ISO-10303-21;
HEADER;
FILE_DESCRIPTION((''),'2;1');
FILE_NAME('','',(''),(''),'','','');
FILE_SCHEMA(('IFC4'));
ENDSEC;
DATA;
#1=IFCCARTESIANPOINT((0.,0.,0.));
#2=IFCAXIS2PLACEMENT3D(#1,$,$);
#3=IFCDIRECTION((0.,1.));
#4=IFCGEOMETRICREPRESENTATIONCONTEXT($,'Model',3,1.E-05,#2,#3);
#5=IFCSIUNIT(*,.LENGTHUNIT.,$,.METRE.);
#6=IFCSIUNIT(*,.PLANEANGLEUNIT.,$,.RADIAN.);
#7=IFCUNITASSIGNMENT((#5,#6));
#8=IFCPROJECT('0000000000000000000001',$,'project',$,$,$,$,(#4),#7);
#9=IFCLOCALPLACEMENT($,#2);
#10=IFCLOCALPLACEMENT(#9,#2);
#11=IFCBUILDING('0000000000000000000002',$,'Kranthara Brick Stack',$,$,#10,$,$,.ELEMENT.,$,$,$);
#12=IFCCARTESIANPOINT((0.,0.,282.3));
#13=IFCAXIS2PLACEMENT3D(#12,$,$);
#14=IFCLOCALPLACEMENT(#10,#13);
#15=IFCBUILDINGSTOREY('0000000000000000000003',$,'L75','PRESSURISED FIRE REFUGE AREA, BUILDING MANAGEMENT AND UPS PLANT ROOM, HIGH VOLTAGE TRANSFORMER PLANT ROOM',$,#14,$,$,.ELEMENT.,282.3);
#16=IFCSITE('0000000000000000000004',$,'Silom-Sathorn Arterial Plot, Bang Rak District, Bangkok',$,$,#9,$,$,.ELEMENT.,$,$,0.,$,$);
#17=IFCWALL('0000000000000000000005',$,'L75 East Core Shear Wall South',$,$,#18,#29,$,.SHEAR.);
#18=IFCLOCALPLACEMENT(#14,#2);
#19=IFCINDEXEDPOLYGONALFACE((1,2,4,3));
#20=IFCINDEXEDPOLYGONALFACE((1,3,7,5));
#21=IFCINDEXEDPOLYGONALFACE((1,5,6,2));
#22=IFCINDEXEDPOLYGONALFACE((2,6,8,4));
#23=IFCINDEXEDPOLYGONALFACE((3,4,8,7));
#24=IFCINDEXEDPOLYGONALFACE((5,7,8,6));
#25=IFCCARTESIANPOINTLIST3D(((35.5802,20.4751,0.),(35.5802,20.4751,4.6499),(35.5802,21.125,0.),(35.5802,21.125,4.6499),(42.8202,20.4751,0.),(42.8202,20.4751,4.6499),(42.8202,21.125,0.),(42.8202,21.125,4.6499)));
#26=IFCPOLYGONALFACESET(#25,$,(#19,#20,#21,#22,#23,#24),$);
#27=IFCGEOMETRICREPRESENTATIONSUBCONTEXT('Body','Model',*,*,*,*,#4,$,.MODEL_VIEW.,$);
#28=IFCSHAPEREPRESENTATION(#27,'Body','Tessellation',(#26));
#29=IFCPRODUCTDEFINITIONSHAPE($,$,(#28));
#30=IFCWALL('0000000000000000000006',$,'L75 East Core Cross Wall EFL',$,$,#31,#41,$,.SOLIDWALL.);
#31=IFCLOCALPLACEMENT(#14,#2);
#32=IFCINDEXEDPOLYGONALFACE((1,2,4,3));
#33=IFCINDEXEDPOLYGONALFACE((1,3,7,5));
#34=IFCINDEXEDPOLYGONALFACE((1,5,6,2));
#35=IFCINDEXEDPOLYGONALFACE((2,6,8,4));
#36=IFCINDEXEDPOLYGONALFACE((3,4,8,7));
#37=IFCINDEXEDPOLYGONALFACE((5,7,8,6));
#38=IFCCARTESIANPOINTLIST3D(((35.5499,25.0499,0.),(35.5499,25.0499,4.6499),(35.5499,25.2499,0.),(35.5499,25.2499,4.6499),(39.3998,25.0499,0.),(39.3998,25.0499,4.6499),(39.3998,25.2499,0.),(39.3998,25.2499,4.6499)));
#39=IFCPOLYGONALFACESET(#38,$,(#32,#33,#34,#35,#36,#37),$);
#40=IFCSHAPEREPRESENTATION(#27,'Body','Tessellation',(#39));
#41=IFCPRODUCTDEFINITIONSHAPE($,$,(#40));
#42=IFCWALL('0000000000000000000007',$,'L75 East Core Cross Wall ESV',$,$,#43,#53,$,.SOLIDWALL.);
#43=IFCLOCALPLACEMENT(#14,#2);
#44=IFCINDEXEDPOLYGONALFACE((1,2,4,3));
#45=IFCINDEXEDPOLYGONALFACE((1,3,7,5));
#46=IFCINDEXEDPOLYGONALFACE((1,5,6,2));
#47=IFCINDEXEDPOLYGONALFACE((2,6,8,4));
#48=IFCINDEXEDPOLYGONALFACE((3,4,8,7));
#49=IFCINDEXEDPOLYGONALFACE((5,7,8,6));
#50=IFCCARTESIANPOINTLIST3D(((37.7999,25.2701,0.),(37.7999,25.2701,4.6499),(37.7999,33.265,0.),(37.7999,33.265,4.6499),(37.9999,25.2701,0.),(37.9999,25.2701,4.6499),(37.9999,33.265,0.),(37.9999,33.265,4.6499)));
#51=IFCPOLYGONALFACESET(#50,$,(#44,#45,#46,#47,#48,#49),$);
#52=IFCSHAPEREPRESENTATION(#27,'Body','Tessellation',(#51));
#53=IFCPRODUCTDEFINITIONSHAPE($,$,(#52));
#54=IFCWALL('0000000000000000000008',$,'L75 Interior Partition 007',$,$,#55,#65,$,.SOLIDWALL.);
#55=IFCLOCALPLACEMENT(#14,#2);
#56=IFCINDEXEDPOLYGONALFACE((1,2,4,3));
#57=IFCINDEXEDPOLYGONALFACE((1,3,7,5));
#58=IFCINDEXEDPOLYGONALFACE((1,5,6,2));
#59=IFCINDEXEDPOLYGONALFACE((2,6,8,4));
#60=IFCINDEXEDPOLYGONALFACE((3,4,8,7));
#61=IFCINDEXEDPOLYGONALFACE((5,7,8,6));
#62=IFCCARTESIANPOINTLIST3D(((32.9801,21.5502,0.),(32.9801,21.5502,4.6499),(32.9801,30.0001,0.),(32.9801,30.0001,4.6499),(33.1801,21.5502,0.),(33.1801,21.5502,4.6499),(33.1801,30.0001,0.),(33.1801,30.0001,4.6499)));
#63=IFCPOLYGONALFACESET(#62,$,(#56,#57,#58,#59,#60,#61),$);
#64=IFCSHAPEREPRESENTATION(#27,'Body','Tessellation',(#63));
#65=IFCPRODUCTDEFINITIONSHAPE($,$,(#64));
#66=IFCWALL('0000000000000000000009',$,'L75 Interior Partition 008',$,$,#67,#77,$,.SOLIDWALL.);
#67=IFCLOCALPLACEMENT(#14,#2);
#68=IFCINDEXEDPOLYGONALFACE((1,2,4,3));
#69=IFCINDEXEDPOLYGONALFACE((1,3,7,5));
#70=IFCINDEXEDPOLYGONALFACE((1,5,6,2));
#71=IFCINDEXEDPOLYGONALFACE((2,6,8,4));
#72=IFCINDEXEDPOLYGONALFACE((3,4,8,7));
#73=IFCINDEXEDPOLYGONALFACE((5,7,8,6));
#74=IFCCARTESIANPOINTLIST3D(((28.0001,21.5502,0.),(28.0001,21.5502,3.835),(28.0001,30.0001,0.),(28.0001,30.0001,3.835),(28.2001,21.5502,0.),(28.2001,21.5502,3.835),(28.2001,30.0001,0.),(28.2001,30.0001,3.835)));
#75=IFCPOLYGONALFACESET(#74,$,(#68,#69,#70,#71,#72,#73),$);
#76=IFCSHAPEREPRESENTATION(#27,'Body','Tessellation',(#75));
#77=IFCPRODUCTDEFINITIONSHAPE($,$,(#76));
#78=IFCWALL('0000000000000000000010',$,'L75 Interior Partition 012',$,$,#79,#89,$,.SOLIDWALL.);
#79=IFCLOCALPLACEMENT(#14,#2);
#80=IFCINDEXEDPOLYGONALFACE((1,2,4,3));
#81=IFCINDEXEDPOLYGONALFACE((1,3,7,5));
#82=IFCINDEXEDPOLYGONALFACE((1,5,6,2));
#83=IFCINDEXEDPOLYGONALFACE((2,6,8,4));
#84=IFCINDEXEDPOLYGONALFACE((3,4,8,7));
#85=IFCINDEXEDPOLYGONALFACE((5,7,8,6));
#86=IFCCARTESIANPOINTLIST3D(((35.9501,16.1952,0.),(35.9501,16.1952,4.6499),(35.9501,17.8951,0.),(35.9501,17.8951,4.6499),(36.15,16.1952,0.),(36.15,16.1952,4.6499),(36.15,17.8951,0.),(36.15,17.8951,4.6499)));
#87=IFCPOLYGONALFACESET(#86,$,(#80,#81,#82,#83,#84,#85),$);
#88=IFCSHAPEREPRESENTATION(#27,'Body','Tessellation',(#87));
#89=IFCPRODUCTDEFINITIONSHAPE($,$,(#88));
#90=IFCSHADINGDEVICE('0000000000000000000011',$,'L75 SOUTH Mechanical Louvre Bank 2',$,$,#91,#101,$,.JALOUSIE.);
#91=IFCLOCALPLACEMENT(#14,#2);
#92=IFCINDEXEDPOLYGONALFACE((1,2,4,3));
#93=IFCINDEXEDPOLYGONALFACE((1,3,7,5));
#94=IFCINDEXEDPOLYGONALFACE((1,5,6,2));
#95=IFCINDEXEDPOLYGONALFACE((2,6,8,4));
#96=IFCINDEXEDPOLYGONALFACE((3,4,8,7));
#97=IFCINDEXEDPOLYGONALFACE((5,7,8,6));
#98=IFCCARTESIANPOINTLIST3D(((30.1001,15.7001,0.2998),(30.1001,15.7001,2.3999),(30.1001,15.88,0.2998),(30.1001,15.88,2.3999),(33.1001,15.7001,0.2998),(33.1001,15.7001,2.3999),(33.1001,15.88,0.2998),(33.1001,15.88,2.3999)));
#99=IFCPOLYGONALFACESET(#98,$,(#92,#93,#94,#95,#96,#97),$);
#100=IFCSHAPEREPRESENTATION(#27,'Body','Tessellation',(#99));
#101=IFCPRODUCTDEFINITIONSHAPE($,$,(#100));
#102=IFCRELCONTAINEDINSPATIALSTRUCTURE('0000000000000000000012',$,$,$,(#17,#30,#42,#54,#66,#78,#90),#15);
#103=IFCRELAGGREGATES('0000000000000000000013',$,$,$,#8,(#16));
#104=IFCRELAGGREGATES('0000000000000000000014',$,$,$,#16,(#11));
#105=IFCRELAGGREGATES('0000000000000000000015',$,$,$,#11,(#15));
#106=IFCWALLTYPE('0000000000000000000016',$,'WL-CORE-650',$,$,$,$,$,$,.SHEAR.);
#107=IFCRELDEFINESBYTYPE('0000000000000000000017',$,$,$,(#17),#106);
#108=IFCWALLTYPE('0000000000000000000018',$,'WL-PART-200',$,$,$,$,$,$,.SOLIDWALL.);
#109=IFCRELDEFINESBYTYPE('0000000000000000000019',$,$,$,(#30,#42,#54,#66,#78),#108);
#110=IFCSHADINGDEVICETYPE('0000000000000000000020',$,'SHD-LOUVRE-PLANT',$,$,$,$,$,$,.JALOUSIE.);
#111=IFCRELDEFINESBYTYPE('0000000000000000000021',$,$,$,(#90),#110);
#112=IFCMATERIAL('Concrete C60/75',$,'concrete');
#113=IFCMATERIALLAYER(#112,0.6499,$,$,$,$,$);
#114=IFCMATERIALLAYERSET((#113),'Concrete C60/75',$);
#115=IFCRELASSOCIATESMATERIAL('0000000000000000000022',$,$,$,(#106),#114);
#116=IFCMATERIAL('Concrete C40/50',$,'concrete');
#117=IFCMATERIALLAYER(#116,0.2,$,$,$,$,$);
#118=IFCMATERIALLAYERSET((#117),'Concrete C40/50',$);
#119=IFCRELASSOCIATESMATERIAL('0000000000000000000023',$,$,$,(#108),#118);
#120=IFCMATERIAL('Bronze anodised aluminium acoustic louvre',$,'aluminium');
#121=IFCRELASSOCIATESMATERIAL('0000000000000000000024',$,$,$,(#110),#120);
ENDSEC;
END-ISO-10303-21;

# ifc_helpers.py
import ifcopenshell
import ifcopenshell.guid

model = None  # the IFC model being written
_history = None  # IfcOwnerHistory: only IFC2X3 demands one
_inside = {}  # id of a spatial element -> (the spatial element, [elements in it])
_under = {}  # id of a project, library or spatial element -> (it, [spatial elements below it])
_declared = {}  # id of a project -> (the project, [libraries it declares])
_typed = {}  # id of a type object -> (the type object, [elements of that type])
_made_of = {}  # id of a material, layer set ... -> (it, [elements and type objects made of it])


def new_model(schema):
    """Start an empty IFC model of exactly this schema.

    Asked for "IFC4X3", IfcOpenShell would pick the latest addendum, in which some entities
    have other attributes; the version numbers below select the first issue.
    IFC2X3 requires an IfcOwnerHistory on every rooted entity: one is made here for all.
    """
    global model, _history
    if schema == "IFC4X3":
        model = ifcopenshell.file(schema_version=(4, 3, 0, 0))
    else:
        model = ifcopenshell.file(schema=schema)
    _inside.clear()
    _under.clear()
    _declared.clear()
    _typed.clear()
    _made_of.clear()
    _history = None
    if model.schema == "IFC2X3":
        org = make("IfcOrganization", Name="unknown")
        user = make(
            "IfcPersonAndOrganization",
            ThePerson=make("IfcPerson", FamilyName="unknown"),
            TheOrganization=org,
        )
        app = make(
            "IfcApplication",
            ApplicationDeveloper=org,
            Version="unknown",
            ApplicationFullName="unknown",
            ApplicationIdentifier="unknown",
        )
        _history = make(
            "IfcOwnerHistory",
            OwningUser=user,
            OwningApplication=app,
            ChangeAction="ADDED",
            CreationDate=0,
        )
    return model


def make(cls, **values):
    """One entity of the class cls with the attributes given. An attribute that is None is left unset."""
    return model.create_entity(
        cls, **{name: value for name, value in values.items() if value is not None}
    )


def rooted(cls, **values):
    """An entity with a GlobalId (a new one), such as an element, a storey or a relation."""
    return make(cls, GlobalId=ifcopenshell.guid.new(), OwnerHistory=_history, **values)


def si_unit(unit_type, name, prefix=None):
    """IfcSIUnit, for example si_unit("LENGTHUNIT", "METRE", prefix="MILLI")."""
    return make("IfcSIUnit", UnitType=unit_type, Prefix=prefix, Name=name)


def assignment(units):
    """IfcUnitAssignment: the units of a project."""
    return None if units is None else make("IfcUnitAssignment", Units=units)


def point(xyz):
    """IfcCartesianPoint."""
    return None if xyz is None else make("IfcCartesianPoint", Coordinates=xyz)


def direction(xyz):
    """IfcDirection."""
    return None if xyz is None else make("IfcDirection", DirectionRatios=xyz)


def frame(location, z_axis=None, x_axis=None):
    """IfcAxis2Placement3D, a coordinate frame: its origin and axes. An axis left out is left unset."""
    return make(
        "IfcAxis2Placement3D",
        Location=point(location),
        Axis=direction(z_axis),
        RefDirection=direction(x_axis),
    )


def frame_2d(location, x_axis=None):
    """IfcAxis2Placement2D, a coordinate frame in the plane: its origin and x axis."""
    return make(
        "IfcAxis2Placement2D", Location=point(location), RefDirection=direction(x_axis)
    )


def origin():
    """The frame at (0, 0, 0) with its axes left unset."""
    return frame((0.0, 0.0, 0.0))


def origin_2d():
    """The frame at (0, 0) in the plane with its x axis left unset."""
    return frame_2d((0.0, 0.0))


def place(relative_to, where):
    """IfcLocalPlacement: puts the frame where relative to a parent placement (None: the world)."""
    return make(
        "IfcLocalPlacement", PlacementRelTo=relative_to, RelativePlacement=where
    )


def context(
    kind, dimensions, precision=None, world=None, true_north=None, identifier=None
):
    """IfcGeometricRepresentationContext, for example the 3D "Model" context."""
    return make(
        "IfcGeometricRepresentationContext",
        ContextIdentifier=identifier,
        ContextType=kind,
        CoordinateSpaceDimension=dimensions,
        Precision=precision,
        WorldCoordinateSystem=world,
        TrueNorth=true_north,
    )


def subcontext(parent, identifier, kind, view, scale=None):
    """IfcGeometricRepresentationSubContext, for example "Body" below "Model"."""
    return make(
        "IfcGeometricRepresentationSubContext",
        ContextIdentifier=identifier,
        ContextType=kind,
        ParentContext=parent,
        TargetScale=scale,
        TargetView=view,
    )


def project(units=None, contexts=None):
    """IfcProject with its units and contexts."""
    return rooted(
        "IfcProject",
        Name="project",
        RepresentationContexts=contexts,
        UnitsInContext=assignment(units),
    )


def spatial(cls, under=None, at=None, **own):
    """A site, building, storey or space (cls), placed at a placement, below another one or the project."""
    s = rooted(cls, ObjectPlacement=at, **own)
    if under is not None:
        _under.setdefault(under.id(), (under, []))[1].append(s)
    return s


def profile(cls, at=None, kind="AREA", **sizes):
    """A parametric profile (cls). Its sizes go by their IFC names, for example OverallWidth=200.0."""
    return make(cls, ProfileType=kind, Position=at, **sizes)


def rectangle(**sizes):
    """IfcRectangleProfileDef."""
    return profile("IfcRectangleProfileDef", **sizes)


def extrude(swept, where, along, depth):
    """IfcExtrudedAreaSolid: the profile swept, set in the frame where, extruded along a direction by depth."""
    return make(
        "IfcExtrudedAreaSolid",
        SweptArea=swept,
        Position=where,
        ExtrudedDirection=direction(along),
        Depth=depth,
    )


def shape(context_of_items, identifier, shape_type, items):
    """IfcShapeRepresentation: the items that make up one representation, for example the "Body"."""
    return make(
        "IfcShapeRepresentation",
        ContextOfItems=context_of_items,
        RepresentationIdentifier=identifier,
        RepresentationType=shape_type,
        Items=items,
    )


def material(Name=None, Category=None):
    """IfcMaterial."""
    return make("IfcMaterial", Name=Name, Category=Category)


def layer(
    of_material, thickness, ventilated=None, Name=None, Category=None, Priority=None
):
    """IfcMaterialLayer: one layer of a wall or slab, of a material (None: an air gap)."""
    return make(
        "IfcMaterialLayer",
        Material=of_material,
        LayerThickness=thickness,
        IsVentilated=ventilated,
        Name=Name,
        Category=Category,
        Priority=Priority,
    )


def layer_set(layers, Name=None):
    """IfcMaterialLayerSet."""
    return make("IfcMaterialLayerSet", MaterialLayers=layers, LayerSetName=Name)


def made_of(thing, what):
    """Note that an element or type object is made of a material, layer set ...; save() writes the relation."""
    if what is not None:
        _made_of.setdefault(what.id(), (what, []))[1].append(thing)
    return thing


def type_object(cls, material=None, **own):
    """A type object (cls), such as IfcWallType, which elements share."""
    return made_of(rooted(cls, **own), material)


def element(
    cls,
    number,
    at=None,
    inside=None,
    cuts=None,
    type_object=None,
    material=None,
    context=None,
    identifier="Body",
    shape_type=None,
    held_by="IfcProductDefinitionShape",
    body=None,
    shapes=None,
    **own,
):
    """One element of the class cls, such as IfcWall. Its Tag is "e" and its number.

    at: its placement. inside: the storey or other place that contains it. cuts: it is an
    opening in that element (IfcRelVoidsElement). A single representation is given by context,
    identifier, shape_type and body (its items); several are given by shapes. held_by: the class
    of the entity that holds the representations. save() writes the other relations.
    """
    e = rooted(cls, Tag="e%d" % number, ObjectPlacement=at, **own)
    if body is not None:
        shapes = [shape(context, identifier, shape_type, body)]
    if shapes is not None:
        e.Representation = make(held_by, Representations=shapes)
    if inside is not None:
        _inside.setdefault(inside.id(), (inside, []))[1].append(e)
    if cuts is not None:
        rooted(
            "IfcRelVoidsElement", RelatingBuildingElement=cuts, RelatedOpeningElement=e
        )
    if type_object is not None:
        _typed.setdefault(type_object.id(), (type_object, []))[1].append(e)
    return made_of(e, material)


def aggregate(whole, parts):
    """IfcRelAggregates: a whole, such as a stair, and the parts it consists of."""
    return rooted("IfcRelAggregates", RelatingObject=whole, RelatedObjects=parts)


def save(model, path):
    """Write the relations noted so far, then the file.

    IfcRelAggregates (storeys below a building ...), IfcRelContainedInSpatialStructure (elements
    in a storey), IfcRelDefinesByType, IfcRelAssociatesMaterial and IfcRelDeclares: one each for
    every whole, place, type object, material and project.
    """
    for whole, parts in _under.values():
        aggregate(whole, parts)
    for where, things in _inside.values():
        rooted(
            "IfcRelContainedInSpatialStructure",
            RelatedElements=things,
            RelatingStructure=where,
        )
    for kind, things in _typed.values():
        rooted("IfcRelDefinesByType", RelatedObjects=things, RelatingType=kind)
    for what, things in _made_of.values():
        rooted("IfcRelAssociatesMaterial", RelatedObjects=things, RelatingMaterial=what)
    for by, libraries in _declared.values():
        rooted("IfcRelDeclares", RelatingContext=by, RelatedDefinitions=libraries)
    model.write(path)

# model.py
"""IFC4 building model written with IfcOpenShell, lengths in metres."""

from ifc_helpers import new_model, si_unit, direction, frame, frame_2d, origin, origin_2d, place, context, subcontext, project, spatial, rectangle, extrude, material, layer, layer_set, type_object, element, save


model = new_model("IFC4")

# Units and contexts
model_context = context("Model", 3, precision=1e-05, world=origin(), true_north=direction((0.0, 1.0)))
body_context = subcontext(model_context, "Body", "Model", "MODEL_VIEW")
ifc_project = project(units=[si_unit("LENGTHUNIT", "METRE"), si_unit("PLANEANGLEUNIT", "RADIAN")], contexts=[model_context])

# Site, building, storey
site_placement = place(None, origin())
site = spatial("IfcSite", under=ifc_project, at=site_placement, Name="Silom-Sathorn Arterial Plot, Bang Rak District, Bangkok", CompositionType="ELEMENT", RefElevation=0.0)
building_placement = place(site_placement, origin())
building = spatial("IfcBuilding", under=site, at=building_placement, Name="Kranthara Brick Stack", CompositionType="ELEMENT")
storey_placement = place(building_placement, frame((0.0, 0.0, 282.3)))
storey = spatial("IfcBuildingStorey", under=building, at=storey_placement, Name="L75", Description="PRESSURISED FIRE REFUGE AREA, BUILDING MANAGEMENT AND UPS PLANT ROOM, HIGH VOLTAGE TRANSFORMER PLANT ROOM", CompositionType="ELEMENT", Elevation=282.3)

# Wall
ifc_material_1 = material(Name="Concrete C60/75", Category="concrete")
ifc_layer_1 = layer(ifc_material_1, 0.6499)
ifc_layer_set_1 = layer_set([ifc_layer_1], Name="Concrete C60/75")
wall_type_1 = type_object("IfcWallType", Name="WL-CORE-650", PredefinedType="SHEAR", material=ifc_layer_set_1)
wall_1_placement = place(storey_placement, frame((35.5801, 20.8, 0.0), z_axis=(0.0, 0.0, 1.0), x_axis=(1.0, 0.0, 0.0)))
element("IfcWall", 1, at=wall_1_placement, inside=storey, type_object=wall_type_1, Name="L75 East Core Shear Wall South", PredefinedType="SHEAR", context=body_context, shape_type="SweptSolid", body=[
    extrude(rectangle(XDim=7.24, YDim=0.6499, at=frame_2d((3.6201, 0.0))), origin(), (0.0, 0.0, 1.0), 4.6499),
])

# Walls
ifc_material_2 = material(Name="Concrete C40/50", Category="concrete")
ifc_layer_2 = layer(ifc_material_2, 0.2)
ifc_layer_set_2 = layer_set([ifc_layer_2], Name="Concrete C40/50")
wall_type_2 = type_object("IfcWallType", Name="WL-PART-200", PredefinedType="SOLIDWALL", material=ifc_layer_set_2)
wall_2_placement = place(storey_placement, frame((35.55, 25.1499, 0.0), z_axis=(0.0, 0.0, 1.0), x_axis=(1.0, 0.0, 0.0)))
element("IfcWall", 2, at=wall_2_placement, inside=storey, type_object=wall_type_2, Name="L75 East Core Cross Wall EFL", PredefinedType="SOLIDWALL", context=body_context, shape_type="SweptSolid", body=[
    extrude(rectangle(XDim=3.8499, YDim=0.2, at=frame_2d((1.9248, 0.0))), origin(), (0.0, 0.0, 1.0), 4.6499),
])
wall_3_placement = place(storey_placement, frame((37.8999, 25.27, 0.0), z_axis=(0.0, 0.0, 1.0), x_axis=(0.0, 1.0, 0.0)))
element("IfcWall", 3, at=wall_3_placement, inside=storey, type_object=wall_type_2, Name="L75 East Core Cross Wall ESV", PredefinedType="SOLIDWALL", context=body_context, shape_type="SweptSolid", body=[
    extrude(rectangle(XDim=7.9949, YDim=0.2, at=frame_2d((3.9976, 0.0))), origin(), (0.0, 0.0, 1.0), 4.6499),
])
wall_4_placement = place(storey_placement, frame((33.0801, 21.55, 0.0), z_axis=(0.0, 0.0, 1.0), x_axis=(0.0, 1.0, 0.0)))
element("IfcWall", 4, at=wall_4_placement, inside=storey, type_object=wall_type_2, Name="L75 Interior Partition 007", PredefinedType="SOLIDWALL", context=body_context, shape_type="SweptSolid", body=[
    extrude(rectangle(XDim=8.45, YDim=0.2, at=frame_2d((4.2251, 0.0))), origin(), (0.0, 0.0, 1.0), 4.6499),
])
wall_5_placement = place(storey_placement, frame((28.1001, 21.55, 0.0), z_axis=(0.0, 0.0, 1.0), x_axis=(0.0, 1.0, 0.0)))
element("IfcWall", 5, at=wall_5_placement, inside=storey, type_object=wall_type_2, Name="L75 Interior Partition 008", PredefinedType="SOLIDWALL", context=body_context, shape_type="SweptSolid", body=[
    extrude(rectangle(XDim=8.45, YDim=0.2, at=frame_2d((4.2251, 0.0))), origin(), (0.0, 0.0, 1.0), 3.835),
])
wall_6_placement = place(storey_placement, frame((36.05, 16.1951, 0.0), z_axis=(0.0, 0.0, 1.0), x_axis=(0.0, 1.0, 0.0)))
element("IfcWall", 6, at=wall_6_placement, inside=storey, type_object=wall_type_2, Name="L75 Interior Partition 012", PredefinedType="SOLIDWALL", context=body_context, shape_type="SweptSolid", body=[
    extrude(rectangle(XDim=1.7, YDim=0.2, at=frame_2d((0.8501, 0.0))), origin(), (0.0, 0.0, 1.0), 4.6499),
])

# Shading device
ifc_material_3 = material(Name="Bronze anodised aluminium acoustic louvre", Category="aluminium")
shading_device_type = type_object("IfcShadingDeviceType", Name="SHD-LOUVRE-PLANT", PredefinedType="JALOUSIE", material=ifc_material_3)
shading_device_placement = place(storey_placement, frame((31.6001, 15.79, 0.2998), z_axis=(0.0, 0.0, 1.0), x_axis=(-1.0, 0.0, 0.0)))
element("IfcShadingDevice", 7, at=shading_device_placement, inside=storey, type_object=shading_device_type, Name="L75 SOUTH Mechanical Louvre Bank 2", PredefinedType="JALOUSIE", context=body_context, shape_type="SweptSolid", body=[
    extrude(rectangle(XDim=3.0, YDim=0.1799, at=origin_2d()), origin(), (0.0, 0.0, 1.0), 2.1001),
])

save(model, "model.ifc")
